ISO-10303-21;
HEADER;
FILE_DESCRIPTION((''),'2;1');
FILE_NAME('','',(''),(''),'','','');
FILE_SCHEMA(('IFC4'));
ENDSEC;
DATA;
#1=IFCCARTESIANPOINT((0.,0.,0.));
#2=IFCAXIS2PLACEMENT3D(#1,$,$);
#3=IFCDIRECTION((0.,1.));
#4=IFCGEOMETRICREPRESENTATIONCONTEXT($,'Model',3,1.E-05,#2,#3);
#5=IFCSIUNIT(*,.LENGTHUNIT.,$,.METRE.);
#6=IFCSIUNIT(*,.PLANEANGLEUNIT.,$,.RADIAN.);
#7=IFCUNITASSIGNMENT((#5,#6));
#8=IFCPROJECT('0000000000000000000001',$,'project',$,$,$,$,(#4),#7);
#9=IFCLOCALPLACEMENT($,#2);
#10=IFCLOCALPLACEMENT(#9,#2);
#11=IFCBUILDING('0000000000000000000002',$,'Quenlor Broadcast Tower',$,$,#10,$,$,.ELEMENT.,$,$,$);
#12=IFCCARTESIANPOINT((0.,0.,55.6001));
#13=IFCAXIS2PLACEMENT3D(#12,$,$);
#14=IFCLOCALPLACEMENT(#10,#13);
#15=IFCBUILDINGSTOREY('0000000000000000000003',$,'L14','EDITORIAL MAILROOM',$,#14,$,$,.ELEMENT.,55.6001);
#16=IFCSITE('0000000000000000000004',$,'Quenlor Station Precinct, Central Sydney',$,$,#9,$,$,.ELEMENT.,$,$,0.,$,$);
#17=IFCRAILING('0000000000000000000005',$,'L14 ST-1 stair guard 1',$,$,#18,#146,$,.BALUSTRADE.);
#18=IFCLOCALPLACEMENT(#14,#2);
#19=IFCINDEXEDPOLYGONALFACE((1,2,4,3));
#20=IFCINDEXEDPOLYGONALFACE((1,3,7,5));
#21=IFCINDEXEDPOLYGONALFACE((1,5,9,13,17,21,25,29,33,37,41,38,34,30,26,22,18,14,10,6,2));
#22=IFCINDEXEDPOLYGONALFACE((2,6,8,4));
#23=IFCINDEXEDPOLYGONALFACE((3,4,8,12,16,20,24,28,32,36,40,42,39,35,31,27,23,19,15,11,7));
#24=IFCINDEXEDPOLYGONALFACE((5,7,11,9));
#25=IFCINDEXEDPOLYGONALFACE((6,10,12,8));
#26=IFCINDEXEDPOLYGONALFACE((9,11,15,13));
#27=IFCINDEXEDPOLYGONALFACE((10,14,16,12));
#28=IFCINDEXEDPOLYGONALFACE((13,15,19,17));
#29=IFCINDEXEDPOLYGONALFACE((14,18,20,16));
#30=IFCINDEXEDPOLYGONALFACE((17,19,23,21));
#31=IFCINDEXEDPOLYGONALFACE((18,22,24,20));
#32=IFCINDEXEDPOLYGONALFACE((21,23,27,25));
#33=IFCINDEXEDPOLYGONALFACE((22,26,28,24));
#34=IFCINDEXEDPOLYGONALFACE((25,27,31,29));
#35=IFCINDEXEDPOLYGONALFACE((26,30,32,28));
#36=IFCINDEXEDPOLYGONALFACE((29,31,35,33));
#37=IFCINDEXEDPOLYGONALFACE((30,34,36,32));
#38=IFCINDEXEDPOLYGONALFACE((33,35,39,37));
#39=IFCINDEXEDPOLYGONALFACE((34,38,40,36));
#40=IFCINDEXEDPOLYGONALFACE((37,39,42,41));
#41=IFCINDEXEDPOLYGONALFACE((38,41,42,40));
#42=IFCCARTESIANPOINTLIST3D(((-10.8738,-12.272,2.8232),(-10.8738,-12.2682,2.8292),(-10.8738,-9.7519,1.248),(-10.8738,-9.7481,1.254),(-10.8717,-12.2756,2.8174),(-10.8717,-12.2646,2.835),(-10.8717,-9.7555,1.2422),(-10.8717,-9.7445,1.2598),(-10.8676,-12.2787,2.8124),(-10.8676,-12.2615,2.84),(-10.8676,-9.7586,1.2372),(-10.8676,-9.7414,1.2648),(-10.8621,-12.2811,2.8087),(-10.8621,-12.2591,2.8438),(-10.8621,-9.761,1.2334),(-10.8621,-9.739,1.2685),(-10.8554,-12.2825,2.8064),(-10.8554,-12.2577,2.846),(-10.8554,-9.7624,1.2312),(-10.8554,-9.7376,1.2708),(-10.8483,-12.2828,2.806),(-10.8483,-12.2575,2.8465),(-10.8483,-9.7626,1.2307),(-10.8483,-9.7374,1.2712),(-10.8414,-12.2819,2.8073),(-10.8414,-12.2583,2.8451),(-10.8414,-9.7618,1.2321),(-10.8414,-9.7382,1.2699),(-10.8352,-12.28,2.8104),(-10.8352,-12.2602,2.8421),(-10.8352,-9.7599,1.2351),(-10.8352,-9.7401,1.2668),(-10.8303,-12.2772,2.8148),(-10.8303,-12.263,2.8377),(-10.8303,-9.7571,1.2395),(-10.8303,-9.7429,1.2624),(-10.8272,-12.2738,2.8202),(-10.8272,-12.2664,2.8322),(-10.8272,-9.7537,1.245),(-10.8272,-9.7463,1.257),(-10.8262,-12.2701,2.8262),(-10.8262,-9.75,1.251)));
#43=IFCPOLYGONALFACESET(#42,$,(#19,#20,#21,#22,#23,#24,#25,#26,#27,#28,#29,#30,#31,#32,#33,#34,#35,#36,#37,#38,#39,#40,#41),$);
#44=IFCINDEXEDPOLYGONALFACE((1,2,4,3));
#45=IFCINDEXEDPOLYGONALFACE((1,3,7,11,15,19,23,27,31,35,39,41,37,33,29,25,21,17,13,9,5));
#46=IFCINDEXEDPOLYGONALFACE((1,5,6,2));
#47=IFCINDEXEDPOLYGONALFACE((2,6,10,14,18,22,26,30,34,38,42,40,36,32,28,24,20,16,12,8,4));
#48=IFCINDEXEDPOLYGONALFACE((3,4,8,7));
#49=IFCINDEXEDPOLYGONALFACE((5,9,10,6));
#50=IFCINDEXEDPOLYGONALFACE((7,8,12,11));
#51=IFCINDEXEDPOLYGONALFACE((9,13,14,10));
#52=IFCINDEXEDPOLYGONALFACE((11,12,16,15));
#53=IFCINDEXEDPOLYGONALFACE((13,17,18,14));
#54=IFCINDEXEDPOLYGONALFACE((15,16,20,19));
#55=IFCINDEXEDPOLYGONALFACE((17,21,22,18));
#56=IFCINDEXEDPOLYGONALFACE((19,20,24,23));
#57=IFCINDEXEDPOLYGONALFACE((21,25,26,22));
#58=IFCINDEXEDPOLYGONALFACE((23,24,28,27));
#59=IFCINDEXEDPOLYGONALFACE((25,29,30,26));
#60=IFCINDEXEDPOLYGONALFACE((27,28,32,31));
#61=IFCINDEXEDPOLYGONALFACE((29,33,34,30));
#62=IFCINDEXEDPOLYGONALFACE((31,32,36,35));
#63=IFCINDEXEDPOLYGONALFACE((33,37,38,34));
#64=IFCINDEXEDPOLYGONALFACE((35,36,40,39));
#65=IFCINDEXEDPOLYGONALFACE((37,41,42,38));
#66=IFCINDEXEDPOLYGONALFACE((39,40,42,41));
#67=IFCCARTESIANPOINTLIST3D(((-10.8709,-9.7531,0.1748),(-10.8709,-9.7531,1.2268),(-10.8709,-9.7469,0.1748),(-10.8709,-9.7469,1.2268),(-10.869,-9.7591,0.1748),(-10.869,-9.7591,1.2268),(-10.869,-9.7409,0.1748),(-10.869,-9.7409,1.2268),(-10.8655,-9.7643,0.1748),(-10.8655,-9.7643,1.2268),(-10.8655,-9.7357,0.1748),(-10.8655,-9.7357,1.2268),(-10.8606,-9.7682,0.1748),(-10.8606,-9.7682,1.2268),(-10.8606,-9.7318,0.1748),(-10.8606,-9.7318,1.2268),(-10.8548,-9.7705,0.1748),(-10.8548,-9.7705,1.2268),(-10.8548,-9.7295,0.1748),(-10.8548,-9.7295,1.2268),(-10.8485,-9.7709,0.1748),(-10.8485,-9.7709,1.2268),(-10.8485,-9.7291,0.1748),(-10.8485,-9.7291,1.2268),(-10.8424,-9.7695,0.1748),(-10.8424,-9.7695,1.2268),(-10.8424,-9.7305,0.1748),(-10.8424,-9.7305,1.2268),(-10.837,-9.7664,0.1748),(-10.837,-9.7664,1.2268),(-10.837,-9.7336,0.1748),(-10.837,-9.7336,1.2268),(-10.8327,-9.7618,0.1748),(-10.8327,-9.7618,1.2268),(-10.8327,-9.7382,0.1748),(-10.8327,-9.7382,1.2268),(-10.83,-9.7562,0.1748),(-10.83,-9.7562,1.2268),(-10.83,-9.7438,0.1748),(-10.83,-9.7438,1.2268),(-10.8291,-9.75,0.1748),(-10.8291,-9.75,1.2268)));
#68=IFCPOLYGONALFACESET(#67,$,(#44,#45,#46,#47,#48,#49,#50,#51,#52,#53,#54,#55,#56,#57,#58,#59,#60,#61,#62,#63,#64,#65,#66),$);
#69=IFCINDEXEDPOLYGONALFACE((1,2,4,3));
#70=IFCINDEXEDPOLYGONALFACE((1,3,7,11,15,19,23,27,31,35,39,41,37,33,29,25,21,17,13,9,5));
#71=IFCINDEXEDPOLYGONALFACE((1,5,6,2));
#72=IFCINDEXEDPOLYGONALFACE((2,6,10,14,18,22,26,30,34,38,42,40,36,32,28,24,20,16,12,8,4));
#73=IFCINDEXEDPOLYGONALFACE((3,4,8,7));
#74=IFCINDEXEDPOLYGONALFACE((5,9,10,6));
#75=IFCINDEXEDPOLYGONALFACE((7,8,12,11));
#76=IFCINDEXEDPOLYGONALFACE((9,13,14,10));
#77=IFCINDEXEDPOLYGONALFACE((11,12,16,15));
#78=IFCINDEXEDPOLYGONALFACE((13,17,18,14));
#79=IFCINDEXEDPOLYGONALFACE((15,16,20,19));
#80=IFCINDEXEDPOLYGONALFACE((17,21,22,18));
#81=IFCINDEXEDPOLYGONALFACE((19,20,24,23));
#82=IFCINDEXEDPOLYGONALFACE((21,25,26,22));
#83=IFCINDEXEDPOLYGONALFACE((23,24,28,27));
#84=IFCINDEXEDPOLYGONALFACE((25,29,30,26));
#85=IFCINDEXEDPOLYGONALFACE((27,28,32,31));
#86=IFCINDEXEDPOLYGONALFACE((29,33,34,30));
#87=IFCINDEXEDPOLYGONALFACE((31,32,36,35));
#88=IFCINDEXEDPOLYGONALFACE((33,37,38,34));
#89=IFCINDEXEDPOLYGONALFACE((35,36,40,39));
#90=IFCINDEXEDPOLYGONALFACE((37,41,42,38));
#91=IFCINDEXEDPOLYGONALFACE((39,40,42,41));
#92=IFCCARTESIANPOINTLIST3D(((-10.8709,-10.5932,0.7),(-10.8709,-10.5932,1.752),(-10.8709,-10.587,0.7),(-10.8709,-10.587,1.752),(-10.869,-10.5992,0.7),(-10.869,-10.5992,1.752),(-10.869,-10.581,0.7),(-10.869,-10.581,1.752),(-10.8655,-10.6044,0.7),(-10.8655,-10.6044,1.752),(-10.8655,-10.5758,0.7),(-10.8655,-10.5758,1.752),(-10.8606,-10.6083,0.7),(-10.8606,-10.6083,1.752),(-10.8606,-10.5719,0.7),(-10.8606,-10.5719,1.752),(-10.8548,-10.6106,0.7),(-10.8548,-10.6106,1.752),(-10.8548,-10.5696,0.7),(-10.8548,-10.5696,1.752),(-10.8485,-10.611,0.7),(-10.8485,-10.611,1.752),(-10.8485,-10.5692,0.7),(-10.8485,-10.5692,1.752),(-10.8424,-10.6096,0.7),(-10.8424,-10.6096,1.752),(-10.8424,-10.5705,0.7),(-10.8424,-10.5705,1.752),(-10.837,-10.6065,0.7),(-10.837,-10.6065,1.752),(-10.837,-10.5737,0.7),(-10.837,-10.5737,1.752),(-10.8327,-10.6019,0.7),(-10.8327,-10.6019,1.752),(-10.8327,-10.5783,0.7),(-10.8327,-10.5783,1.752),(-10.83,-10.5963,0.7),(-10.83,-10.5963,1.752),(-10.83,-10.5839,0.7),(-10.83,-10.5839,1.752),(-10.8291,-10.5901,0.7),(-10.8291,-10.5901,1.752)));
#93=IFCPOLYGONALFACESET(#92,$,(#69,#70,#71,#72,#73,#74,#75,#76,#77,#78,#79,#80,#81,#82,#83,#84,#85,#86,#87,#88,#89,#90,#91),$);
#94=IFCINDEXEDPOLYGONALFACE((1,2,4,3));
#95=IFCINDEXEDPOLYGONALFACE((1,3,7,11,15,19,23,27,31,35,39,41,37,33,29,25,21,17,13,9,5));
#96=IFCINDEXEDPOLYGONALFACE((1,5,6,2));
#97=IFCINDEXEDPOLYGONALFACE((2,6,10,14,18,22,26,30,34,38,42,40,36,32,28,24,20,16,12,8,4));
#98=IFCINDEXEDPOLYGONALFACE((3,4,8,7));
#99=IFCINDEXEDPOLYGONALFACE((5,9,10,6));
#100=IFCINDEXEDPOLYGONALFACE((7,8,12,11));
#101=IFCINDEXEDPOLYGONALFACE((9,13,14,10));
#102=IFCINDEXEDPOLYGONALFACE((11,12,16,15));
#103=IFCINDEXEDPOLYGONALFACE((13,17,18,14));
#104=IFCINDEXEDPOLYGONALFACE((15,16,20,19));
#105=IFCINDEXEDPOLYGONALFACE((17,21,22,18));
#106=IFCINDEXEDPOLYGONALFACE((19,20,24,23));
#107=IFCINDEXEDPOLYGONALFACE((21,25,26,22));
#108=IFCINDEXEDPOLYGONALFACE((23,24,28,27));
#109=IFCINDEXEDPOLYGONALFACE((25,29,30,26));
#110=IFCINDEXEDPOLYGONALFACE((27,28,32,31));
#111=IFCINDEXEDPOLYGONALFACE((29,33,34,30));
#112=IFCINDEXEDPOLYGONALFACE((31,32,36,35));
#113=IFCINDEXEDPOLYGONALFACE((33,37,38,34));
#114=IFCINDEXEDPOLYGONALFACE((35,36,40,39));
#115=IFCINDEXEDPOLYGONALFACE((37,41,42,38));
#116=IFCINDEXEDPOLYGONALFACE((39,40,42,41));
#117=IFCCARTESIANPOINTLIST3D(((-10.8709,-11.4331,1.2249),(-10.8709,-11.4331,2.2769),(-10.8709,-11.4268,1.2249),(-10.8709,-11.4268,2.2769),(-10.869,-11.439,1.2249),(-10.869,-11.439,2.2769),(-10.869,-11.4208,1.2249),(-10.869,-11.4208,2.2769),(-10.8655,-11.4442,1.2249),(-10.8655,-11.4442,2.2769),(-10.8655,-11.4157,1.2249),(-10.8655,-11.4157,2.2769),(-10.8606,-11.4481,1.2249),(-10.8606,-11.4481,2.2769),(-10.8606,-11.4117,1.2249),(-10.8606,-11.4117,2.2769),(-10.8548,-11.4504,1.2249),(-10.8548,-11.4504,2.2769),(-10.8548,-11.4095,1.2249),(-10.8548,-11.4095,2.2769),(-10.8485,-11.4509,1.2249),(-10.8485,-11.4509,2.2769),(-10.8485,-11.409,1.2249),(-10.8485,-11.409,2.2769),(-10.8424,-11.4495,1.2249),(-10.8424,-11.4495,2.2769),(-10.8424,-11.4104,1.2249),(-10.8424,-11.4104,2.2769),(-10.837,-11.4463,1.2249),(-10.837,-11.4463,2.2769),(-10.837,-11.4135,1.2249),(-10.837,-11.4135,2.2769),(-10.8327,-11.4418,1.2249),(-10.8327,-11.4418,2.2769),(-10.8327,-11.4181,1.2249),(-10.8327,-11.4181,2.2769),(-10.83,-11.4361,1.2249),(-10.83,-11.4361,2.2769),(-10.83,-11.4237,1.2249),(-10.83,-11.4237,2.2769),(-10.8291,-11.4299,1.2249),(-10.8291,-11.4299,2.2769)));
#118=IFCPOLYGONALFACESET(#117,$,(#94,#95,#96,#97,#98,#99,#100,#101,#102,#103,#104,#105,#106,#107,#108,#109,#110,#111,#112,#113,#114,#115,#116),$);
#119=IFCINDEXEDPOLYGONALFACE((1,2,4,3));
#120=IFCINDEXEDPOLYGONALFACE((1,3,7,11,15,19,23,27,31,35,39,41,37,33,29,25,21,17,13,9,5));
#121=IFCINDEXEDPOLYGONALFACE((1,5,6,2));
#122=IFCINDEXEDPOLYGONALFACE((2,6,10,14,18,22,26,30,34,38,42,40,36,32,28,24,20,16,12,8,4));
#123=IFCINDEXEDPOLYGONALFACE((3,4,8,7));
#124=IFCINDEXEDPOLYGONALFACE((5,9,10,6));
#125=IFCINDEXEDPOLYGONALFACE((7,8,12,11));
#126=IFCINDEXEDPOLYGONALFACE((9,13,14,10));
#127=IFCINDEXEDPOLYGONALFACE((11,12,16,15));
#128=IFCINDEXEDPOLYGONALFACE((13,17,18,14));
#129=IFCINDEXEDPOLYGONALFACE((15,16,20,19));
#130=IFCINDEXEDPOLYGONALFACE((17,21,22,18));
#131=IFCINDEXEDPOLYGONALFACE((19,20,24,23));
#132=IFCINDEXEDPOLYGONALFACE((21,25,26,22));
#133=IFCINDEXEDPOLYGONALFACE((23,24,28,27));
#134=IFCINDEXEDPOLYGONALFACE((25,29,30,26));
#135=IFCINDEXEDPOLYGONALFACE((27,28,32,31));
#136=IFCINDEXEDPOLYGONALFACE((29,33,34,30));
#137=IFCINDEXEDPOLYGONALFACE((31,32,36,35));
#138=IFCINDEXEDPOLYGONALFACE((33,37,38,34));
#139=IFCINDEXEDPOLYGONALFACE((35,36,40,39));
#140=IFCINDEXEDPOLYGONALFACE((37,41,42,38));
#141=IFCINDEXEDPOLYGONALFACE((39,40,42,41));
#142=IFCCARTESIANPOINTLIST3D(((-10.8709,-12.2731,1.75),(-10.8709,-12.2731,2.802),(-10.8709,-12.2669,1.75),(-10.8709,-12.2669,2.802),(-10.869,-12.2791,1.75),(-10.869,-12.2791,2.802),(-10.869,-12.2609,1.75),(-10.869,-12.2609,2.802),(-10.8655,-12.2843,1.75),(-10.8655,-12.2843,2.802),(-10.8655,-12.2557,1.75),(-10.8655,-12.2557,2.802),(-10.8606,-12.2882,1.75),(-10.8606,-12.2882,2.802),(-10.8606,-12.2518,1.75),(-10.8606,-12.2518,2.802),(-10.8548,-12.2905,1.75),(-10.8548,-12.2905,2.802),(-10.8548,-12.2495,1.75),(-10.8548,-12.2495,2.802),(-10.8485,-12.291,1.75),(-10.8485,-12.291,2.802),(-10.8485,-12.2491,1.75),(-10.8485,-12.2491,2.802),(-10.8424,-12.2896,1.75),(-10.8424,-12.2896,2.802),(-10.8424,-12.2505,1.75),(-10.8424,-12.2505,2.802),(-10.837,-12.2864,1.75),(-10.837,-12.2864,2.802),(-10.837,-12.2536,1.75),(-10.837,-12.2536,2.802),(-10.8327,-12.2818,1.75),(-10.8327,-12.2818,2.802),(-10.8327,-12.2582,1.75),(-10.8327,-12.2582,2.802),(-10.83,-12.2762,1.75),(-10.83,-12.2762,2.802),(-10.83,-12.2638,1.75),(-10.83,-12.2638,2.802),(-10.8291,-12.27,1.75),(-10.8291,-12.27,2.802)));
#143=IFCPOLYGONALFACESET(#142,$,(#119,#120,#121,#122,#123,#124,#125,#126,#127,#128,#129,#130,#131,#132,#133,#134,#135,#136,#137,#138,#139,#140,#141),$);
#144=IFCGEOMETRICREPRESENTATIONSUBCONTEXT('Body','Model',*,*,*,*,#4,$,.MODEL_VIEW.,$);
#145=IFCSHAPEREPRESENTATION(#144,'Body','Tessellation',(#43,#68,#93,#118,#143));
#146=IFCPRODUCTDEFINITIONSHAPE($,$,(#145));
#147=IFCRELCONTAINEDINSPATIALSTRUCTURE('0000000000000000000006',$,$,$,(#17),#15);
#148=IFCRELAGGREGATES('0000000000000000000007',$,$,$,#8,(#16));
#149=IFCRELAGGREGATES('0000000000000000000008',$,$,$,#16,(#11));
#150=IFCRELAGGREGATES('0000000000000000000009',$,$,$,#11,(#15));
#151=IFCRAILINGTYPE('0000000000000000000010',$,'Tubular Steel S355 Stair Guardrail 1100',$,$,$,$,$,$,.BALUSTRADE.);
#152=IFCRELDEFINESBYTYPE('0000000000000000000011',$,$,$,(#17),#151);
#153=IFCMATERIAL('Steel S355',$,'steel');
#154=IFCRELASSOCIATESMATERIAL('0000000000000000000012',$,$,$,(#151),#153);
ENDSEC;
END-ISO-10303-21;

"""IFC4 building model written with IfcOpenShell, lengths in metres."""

from ifc_helpers import new_model, si_unit, direction, frame, origin, origin_2d, place, context, subcontext, project, spatial, circle, extrude, material, type_object, element, save


model = new_model("IFC4")

# Units and contexts
model_context = context("Model", 3, precision=1e-05, world=origin(), true_north=direction((0.0, 1.0)))
body_context = subcontext(model_context, "Body", "Model", "MODEL_VIEW")
ifc_project = project(units=[si_unit("LENGTHUNIT", "METRE"), si_unit("PLANEANGLEUNIT", "RADIAN")], contexts=[model_context])

# Site, building, storey
site_placement = place(None, origin())
site = spatial("IfcSite", under=ifc_project, at=site_placement, Name="Quenlor Station Precinct, Central Sydney", CompositionType="ELEMENT", RefElevation=0.0)
building_placement = place(site_placement, origin())
building = spatial("IfcBuilding", under=site, at=building_placement, Name="Quenlor Broadcast Tower", CompositionType="ELEMENT")
storey_placement = place(building_placement, frame((0.0, 0.0, 55.6001)))
storey = spatial("IfcBuildingStorey", under=building, at=storey_placement, Name="L14", Description="EDITORIAL MAILROOM", CompositionType="ELEMENT", Elevation=55.6001)

# Railing
ifc_material_1 = material(Name="Steel S355", Category="steel")
railing_type_1 = type_object("IfcRailingType", Name="Tubular Steel S355 Stair Guardrail 1100", PredefinedType="BALUSTRADE", material=ifc_material_1)
railing_1_placement = place(storey_placement, frame((-10.8501, -9.75, 0.1748)))
element("IfcRailing", 1, at=railing_1_placement, inside=storey, type_object=railing_type_1, Name="L14 ST-1 stair guard 1", PredefinedType="BALUSTRADE", context=body_context, shape_type="SweptSolid", body=[
    extrude(circle(Radius=0.0239, at=origin_2d()), frame((0.0, 0.0, 1.0762), z_axis=(0.0, -0.847971, 0.530043), x_axis=(1.0, 0.0, 0.0)), (0.0, 0.0, 1.0), 2.9719),
    extrude(circle(Radius=0.021, at=origin_2d()), origin(), (0.0, 0.0, 1.0), 1.052),
    extrude(circle(Radius=0.021, at=origin_2d()), frame((0.0, -0.8401, 0.5251)), (0.0, 0.0, 1.0), 1.052),
    extrude(circle(Radius=0.021, at=origin_2d()), frame((0.0, -1.6799, 1.05)), (0.0, 0.0, 1.0), 1.052),
    extrude(circle(Radius=0.021, at=origin_2d()), frame((0.0, -2.52, 1.5752)), (0.0, 0.0, 1.0), 1.052),
])

save(model, "model.ifc")
